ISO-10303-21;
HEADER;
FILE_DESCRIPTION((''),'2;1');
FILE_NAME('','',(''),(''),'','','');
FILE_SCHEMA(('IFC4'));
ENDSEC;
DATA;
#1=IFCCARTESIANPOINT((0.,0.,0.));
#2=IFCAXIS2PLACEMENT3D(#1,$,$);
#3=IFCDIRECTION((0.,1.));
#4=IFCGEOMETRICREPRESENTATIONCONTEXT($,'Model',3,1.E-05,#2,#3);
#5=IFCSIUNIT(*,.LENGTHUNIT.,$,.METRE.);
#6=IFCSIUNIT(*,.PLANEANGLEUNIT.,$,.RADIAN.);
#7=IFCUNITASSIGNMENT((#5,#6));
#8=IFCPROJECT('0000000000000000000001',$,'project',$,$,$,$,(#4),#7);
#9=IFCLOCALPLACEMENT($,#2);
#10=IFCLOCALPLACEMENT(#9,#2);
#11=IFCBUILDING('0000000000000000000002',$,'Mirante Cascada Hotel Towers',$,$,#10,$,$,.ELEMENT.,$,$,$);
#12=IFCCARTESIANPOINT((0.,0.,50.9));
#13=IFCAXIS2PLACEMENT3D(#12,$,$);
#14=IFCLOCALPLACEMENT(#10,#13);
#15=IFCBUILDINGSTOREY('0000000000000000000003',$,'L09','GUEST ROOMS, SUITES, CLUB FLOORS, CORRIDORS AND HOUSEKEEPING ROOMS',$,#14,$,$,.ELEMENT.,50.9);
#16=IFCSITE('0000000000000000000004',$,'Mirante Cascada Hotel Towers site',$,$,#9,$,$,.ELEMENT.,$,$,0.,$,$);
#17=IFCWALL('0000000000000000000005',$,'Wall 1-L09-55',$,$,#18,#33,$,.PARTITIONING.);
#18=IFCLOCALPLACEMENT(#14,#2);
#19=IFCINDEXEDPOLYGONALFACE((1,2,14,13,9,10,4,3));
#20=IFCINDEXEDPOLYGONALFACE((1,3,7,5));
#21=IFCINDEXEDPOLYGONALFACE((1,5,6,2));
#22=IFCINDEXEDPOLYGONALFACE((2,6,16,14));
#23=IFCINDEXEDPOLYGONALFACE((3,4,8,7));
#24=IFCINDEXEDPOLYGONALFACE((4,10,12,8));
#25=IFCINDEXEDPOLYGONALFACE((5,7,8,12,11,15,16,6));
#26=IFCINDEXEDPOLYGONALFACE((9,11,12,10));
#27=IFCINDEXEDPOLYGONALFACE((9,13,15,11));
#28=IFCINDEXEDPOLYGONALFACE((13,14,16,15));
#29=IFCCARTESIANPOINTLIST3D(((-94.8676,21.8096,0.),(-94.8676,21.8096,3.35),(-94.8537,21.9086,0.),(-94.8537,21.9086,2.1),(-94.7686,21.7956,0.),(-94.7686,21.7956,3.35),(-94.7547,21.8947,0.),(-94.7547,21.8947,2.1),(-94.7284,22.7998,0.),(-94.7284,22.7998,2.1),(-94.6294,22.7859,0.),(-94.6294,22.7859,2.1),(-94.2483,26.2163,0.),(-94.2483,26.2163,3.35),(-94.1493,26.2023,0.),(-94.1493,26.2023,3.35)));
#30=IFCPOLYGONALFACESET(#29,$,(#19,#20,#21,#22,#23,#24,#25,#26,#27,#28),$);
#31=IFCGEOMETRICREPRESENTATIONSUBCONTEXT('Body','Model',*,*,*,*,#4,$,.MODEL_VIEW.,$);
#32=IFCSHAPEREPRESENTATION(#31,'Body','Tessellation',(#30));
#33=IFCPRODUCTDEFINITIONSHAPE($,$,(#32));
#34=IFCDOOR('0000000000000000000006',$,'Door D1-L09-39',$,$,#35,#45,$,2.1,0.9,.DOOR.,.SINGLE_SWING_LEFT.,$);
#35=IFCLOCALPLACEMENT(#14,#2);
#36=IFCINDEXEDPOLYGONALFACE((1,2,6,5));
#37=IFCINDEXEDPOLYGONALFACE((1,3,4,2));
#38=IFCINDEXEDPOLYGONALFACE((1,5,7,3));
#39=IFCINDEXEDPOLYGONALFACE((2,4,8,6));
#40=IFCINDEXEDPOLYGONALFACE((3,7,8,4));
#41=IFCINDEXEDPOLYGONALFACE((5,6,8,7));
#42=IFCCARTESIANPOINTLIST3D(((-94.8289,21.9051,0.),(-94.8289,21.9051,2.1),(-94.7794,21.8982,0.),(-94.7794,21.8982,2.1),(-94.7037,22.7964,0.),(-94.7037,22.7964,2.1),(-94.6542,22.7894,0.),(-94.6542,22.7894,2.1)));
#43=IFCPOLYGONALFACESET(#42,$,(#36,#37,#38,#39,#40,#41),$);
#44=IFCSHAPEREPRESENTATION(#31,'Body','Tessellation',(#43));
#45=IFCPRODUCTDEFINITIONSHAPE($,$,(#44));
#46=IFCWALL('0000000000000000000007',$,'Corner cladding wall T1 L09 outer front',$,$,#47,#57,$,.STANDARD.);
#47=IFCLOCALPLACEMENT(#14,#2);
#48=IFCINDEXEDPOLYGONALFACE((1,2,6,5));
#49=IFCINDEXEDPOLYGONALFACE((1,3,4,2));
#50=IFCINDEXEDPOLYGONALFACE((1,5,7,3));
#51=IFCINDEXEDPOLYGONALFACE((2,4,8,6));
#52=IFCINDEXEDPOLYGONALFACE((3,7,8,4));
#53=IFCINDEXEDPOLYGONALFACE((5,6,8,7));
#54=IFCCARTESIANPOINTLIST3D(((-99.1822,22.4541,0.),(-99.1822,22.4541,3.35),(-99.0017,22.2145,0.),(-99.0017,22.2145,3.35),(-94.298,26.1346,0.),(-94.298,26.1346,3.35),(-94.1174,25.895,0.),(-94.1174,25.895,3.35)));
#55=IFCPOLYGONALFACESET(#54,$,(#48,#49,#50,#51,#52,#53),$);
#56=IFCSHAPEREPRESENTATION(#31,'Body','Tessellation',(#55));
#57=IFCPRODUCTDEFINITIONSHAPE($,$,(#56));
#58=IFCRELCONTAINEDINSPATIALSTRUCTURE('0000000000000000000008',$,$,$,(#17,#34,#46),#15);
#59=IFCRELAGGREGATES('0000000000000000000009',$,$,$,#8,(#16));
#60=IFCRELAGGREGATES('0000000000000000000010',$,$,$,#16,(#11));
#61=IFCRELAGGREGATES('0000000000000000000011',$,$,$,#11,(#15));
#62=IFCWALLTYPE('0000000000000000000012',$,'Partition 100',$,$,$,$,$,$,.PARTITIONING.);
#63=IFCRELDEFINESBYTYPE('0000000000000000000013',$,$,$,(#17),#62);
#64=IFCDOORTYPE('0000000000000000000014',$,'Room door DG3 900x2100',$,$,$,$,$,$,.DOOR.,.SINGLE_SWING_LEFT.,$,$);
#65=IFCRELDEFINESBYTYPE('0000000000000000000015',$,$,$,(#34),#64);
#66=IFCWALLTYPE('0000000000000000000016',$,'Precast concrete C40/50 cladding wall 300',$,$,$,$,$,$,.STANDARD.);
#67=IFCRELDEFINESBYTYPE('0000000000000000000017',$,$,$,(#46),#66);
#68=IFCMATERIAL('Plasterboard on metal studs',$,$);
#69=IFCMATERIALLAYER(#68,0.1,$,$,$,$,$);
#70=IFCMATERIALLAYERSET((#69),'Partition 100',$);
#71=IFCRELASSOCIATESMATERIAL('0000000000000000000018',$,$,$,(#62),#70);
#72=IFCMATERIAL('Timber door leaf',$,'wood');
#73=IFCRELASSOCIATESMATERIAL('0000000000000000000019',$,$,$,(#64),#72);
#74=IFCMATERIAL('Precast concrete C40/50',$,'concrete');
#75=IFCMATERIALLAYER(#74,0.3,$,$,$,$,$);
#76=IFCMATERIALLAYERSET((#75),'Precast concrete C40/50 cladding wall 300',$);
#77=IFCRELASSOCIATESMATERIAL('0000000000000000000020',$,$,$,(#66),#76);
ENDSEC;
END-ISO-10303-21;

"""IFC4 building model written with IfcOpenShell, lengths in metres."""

from ifc_helpers import new_model, si_unit, direction, frame, frame_2d, origin, place, context, subcontext, project, spatial, rectangle, extrude, material, layer, layer_set, type_object, element, fill, save


model = new_model("IFC4")

# Units and contexts
model_context = context("Model", 3, precision=1e-05, world=origin(), true_north=direction((0.0, 1.0)))
body_context = subcontext(model_context, "Body", "Model", "MODEL_VIEW")
ifc_project = project(units=[si_unit("LENGTHUNIT", "METRE"), si_unit("PLANEANGLEUNIT", "RADIAN")], contexts=[model_context])

# Site, building, storey
site_placement = place(None, origin())
site = spatial("IfcSite", under=ifc_project, at=site_placement, Name="Mirante Cascada Hotel Towers site", CompositionType="ELEMENT", RefElevation=0.0)
building_placement = place(site_placement, origin())
building = spatial("IfcBuilding", under=site, at=building_placement, Name="Mirante Cascada Hotel Towers", CompositionType="ELEMENT")
storey_placement = place(building_placement, frame((0.0, 0.0, 50.9)))
storey = spatial("IfcBuildingStorey", under=building, at=storey_placement, Name="L09", Description="GUEST ROOMS, SUITES, CLUB FLOORS, CORRIDORS AND HOUSEKEEPING ROOMS", CompositionType="ELEMENT", Elevation=50.9)

# Shared definitions
ifc_material_1 = material(Name="Plasterboard on metal studs")
ifc_layer_1 = layer(ifc_material_1, 0.1)
ifc_layer_set_1 = layer_set([ifc_layer_1], Name="Partition 100")
wall_type_1 = type_object("IfcWallType", Name="Partition 100", PredefinedType="PARTITIONING", material=ifc_layer_set_1)

# Wall, opening, door
wall_1_placement = place(storey_placement, frame((-94.1988, 26.2093, 0.0), z_axis=(0.0, 0.0, 1.0), x_axis=(-0.139168, -0.990269, 0.0)))
wall_1 = element("IfcWall", 1, at=wall_1_placement, inside=storey, type_object=wall_type_1, Name="Wall 1-L09-55", PredefinedType="PARTITIONING", context=body_context, shape_type="SweptSolid", body=[
    extrude(rectangle(XDim=4.45, YDim=0.1, at=frame_2d((2.225, 0.0))), origin(), (0.0, 0.0, 1.0), 3.35),
])
opening_placement = place(wall_1_placement, frame((3.45, 0.0, 0.0)))
opening = element("IfcOpeningElement", 2, at=opening_placement, cuts=wall_1, PredefinedType="OPENING", context=body_context, shape_type="SweptSolid", body=[
    extrude(rectangle(XDim=0.9, YDim=2.1, at=frame_2d((0.45, 1.05))), frame((0.0, 0.05, 0.0), z_axis=(0.0, -1.0, 0.0), x_axis=(1.0, 0.0, 0.0)), (0.0, 0.0, 1.0), 0.1),
])
ifc_material_2 = material(Name="Timber door leaf", Category="wood")
door_type = type_object("IfcDoorType", Name="Room door DG3 900x2100", OperationType="SINGLE_SWING_LEFT", PredefinedType="DOOR", material=ifc_material_2)
door_placement = place(opening_placement, origin())
door = element("IfcDoor", 3, at=door_placement, inside=storey, type_object=door_type, Name="Door D1-L09-39", OperationType="SINGLE_SWING_LEFT", OverallHeight=2.1, OverallWidth=0.9, PredefinedType="DOOR", context=body_context, shape_type="SweptSolid", body=[
    extrude(rectangle(XDim=0.9, YDim=2.1, at=frame_2d((0.45, 1.05))), frame((0.0, 0.025, 0.0), z_axis=(0.0, -1.0, 0.0), x_axis=(1.0, 0.0, 0.0)), (0.0, 0.0, 1.0), 0.05),
])
fill(opening, door)

# Wall
ifc_material_3 = material(Name="Precast concrete C40/50", Category="concrete")
ifc_layer_2 = layer(ifc_material_3, 0.3)
ifc_layer_set_2 = layer_set([ifc_layer_2], Name="Precast concrete C40/50 cladding wall 300")
wall_type_2 = type_object("IfcWallType", Name="Precast concrete C40/50 cladding wall 300", PredefinedType="STANDARD", material=ifc_layer_set_2)
wall_2_placement = place(storey_placement, frame((-99.0919, 22.3343, 0.0), z_axis=(0.0, 0.0, 1.0), x_axis=(0.798636, 0.601814, 0.0)))
element("IfcWall", 4, at=wall_2_placement, inside=storey, type_object=wall_type_2, Name="Corner cladding wall T1 L09 outer front", PredefinedType="STANDARD", context=body_context, shape_type="SweptSolid", body=[
    extrude(rectangle(XDim=6.1157, YDim=0.3, at=frame_2d((3.0578, 0.0))), origin(), (0.0, 0.0, 1.0), 3.35),
])

save(model, "model.ifc")
